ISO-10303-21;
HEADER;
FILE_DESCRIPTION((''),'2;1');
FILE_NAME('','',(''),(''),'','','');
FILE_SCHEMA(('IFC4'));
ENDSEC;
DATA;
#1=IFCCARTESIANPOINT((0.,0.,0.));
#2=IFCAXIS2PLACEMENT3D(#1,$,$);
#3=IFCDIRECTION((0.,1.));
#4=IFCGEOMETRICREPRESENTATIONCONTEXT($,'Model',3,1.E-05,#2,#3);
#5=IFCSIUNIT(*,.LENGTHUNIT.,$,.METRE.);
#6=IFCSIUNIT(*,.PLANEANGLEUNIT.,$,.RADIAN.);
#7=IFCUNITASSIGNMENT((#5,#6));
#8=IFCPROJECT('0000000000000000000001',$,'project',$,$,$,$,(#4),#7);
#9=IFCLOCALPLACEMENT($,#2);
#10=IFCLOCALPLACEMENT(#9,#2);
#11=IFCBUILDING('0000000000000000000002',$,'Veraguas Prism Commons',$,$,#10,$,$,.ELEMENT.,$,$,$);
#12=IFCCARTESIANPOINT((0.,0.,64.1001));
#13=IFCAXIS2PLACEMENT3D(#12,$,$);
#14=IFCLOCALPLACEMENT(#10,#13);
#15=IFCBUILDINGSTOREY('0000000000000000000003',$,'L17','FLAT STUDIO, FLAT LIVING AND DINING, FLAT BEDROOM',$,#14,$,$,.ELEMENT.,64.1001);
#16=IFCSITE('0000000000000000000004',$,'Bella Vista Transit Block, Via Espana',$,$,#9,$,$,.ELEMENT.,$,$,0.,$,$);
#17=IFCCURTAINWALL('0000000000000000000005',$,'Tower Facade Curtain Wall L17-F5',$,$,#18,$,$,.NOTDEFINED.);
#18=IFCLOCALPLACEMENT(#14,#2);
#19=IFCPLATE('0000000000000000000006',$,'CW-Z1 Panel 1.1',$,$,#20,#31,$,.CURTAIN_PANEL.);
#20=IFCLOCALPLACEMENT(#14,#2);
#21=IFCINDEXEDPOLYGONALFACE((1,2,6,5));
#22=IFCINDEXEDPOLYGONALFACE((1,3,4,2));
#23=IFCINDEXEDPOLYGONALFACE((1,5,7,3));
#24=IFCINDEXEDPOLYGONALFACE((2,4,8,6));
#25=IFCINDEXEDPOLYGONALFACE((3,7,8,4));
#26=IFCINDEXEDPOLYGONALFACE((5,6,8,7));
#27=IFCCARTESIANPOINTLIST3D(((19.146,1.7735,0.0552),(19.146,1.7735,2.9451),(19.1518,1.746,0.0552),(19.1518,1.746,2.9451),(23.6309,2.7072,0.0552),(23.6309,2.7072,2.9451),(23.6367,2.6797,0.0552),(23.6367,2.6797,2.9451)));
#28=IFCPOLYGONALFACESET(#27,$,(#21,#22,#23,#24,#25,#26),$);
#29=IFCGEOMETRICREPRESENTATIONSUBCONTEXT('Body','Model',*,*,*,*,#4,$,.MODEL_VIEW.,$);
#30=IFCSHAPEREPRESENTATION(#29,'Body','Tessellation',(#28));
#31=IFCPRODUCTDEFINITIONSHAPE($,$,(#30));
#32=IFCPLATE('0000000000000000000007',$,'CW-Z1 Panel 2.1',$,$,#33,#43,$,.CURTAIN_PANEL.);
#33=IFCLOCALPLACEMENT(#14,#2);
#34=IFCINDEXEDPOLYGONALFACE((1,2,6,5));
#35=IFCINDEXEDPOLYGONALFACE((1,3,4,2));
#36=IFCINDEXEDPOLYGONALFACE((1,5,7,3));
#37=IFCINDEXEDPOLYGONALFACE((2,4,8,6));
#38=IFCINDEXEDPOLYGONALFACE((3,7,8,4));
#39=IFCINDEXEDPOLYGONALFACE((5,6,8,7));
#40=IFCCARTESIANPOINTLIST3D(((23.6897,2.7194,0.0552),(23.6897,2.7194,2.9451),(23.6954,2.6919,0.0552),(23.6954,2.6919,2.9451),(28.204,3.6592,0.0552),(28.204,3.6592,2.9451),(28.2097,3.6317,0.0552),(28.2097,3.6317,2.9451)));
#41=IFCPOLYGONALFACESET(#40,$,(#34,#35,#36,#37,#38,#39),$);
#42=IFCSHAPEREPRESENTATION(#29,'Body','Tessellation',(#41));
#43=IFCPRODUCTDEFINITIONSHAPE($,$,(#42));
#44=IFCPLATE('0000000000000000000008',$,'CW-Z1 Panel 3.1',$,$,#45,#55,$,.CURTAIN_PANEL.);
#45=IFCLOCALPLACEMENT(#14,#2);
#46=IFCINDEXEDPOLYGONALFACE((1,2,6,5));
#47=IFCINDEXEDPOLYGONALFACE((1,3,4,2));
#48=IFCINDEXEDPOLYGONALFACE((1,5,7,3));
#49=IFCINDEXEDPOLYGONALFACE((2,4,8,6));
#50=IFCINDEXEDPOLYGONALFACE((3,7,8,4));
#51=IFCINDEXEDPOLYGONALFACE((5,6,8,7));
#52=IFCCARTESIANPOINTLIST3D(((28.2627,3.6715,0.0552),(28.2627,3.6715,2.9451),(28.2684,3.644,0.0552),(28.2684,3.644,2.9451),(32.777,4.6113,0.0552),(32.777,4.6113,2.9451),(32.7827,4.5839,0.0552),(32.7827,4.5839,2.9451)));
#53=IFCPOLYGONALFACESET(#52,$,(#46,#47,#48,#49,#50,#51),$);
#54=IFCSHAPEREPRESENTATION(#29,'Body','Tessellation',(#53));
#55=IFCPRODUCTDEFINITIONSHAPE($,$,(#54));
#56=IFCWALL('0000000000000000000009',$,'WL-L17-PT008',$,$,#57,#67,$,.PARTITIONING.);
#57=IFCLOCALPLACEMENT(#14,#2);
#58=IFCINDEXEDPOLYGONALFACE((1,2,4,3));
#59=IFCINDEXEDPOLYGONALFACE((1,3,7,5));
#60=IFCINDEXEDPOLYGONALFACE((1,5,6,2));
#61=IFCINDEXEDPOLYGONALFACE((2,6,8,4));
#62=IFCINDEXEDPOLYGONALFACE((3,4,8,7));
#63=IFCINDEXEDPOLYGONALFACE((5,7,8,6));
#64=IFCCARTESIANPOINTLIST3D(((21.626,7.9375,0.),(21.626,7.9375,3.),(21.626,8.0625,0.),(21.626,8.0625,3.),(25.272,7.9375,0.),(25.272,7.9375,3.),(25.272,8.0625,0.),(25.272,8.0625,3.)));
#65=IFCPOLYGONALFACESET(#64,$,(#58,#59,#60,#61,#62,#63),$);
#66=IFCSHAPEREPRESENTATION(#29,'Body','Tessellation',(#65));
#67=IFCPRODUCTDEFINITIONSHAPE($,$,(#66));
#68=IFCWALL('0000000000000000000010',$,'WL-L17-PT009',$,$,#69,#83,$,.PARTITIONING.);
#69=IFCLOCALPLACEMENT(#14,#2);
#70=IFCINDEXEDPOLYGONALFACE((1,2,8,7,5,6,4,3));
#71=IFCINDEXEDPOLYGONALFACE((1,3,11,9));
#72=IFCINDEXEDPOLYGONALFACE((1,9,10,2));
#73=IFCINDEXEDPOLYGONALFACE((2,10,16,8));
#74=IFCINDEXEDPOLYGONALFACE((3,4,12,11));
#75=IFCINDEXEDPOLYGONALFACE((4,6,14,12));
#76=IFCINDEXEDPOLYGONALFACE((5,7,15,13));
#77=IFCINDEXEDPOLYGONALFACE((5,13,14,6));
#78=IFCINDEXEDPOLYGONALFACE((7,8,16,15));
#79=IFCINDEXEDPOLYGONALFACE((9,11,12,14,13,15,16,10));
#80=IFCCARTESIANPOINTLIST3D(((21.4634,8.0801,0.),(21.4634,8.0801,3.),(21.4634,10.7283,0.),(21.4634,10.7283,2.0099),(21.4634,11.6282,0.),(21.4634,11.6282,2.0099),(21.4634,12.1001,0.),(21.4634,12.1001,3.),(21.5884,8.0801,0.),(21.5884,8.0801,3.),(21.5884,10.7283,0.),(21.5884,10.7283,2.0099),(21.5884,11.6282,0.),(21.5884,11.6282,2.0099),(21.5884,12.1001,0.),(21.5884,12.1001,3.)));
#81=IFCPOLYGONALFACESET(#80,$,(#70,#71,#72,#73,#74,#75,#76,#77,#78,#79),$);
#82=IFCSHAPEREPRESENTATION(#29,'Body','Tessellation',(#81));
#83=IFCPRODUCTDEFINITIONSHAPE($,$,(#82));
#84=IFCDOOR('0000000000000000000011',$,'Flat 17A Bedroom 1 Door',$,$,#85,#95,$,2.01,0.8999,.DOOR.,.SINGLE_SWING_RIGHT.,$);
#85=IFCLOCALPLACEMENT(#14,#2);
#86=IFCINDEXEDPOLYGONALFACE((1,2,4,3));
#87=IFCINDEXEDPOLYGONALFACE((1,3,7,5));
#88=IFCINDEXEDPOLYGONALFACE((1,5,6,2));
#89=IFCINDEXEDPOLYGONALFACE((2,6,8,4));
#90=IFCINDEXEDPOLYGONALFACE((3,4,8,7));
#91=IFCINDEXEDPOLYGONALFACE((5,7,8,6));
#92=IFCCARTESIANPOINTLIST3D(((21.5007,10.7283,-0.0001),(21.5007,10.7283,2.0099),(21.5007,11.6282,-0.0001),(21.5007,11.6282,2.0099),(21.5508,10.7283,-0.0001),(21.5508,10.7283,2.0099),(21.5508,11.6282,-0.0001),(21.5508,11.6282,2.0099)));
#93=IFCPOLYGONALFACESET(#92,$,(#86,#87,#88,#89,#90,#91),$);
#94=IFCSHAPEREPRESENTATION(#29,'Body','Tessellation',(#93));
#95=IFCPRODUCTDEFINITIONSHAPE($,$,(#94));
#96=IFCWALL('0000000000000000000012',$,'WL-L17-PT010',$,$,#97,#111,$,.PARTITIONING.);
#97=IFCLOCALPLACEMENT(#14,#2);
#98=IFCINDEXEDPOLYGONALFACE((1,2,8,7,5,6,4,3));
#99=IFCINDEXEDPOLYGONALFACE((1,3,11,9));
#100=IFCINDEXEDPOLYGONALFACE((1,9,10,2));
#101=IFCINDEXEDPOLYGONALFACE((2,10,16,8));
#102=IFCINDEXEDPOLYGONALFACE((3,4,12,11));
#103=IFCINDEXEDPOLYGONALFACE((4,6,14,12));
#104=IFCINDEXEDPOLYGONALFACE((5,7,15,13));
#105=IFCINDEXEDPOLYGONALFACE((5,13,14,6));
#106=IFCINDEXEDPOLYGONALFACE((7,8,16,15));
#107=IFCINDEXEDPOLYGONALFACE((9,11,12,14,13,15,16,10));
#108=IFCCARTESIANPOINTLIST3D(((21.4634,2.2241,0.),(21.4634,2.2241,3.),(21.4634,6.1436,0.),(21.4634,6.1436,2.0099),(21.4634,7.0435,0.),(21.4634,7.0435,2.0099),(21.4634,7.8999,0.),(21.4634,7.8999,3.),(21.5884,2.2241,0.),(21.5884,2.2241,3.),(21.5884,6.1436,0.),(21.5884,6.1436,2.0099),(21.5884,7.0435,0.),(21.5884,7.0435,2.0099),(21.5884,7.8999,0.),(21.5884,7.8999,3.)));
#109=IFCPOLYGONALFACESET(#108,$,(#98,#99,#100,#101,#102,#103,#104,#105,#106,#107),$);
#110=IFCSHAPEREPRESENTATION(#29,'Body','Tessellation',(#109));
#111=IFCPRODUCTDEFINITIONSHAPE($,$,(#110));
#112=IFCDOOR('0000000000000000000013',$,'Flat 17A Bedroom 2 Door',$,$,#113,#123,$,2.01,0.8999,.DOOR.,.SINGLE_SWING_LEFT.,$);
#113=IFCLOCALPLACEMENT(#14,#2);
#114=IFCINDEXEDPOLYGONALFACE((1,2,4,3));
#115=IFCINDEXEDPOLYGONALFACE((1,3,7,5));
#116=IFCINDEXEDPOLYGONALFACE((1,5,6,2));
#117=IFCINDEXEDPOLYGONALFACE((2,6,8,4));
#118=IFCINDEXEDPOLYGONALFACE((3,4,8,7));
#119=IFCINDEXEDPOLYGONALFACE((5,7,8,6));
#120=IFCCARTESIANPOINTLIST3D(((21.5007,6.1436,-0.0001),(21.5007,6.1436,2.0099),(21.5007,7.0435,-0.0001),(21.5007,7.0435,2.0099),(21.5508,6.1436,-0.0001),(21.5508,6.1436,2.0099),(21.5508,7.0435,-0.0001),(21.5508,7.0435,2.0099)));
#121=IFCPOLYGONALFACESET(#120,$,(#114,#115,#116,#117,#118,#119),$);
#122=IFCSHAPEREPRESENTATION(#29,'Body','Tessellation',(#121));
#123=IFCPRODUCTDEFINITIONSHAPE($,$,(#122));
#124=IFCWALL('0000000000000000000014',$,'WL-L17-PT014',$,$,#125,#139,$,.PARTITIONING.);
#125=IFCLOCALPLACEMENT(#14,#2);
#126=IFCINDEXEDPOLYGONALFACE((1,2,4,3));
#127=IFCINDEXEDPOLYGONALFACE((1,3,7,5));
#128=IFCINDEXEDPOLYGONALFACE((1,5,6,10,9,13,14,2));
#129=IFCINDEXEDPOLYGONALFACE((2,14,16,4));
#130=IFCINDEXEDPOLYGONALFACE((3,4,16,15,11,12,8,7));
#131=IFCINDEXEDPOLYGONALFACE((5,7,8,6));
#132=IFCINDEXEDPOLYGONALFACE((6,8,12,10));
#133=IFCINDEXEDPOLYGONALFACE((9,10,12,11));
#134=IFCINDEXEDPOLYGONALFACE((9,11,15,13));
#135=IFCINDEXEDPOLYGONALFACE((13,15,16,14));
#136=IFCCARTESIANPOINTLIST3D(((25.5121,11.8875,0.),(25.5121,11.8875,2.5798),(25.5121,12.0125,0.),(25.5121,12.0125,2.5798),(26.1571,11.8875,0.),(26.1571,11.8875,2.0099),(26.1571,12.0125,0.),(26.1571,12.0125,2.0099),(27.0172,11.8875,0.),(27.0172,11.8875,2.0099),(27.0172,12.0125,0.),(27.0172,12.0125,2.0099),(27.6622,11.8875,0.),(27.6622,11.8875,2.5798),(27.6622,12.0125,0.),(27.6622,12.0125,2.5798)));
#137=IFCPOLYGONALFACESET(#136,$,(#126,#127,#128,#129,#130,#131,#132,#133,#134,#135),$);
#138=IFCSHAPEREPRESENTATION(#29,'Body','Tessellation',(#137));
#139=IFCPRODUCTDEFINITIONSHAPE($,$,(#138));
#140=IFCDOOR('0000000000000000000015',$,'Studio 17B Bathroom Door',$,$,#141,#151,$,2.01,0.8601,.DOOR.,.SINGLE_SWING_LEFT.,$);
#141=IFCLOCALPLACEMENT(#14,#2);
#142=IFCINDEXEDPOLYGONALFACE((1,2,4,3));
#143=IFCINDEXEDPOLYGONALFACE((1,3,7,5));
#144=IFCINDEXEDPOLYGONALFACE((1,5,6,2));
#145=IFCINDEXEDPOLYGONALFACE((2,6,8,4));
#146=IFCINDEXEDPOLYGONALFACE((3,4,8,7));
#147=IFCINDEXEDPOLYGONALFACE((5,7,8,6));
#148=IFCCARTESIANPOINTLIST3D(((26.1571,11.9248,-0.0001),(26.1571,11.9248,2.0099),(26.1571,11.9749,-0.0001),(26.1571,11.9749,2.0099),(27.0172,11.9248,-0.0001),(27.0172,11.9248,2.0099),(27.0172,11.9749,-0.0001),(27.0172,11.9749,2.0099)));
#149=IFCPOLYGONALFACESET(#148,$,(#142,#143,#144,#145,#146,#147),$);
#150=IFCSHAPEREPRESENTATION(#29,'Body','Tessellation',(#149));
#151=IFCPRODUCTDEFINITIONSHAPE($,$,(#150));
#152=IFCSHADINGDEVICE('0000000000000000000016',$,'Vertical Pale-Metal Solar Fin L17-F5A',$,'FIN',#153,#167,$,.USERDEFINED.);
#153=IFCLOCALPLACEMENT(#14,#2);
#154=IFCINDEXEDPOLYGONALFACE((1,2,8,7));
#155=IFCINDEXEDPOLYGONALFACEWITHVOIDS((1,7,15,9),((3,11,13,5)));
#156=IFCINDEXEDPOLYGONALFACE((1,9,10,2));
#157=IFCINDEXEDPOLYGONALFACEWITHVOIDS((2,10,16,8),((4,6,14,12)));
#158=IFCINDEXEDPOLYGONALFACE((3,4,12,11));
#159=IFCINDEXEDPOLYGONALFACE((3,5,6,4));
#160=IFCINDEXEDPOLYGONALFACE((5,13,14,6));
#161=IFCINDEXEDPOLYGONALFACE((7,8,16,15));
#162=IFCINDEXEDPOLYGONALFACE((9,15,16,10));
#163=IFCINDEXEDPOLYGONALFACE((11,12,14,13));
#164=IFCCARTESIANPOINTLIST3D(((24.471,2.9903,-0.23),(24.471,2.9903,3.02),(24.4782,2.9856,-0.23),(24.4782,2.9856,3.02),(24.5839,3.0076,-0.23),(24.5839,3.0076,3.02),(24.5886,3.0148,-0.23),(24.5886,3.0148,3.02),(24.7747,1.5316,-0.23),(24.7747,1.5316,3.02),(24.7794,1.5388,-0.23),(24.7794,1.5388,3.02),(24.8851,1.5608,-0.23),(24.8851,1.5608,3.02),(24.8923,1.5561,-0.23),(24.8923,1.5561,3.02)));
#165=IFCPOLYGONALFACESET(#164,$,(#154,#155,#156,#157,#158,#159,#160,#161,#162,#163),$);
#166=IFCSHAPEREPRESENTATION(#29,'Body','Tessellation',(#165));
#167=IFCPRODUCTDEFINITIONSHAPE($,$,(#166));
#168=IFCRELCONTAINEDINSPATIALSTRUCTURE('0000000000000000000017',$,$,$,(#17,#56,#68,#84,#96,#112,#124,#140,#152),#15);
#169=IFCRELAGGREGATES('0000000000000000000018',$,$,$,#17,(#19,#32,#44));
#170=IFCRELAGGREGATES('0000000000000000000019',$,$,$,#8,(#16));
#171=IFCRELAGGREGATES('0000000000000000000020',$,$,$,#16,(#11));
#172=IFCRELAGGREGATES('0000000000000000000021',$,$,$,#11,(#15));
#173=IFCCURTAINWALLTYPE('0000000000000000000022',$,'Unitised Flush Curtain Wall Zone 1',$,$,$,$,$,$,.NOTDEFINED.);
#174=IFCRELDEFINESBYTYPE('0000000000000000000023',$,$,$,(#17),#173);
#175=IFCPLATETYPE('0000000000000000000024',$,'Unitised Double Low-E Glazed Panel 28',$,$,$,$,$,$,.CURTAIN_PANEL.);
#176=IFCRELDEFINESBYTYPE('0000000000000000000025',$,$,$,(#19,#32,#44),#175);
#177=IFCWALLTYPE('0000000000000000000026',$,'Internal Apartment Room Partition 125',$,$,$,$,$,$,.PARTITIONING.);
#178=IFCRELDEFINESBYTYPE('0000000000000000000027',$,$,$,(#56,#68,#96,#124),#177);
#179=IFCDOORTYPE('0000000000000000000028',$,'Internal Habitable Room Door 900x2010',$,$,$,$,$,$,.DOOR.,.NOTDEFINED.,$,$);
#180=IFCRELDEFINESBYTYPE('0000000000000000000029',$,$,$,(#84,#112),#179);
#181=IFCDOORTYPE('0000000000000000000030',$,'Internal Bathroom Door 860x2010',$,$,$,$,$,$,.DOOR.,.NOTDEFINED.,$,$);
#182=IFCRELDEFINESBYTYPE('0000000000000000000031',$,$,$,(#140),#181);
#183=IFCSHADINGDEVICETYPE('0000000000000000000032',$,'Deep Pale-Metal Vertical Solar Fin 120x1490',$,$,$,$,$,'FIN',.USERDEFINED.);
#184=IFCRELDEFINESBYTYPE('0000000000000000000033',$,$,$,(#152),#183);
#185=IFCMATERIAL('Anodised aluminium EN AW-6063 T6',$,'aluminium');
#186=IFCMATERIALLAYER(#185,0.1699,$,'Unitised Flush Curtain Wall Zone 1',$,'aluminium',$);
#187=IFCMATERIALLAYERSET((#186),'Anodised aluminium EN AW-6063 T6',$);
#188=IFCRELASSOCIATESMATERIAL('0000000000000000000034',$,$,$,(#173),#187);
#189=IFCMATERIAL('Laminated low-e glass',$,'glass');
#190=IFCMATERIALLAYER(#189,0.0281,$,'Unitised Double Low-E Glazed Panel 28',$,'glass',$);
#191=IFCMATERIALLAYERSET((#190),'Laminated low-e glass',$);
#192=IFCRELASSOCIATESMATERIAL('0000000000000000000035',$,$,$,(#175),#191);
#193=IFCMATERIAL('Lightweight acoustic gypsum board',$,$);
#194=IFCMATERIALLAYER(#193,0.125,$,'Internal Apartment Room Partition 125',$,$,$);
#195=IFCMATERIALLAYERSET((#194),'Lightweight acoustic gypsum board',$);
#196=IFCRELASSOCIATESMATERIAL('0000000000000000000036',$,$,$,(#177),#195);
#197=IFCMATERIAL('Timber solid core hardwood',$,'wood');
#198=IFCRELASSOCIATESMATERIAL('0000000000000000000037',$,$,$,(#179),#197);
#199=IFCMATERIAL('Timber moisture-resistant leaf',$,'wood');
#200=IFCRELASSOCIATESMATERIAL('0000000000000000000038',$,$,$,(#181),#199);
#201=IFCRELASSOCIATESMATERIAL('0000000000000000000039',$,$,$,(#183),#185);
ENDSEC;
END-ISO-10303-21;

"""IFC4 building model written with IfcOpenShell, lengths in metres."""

from ifc_helpers import new_model, si_unit, direction, frame, frame_2d, origin, origin_2d, place, context, subcontext, project, spatial, rectangle, hollow_rectangle, extrude, source, transform, mapped, material, layer, layer_set, material_profile, profile_set, type_object, element, fill, aggregate, save


model = new_model("IFC4")

# Units and contexts
model_context = context("Model", 3, precision=1e-05, world=origin(), true_north=direction((0.0, 1.0)))
body_context = subcontext(model_context, "Body", "Model", "MODEL_VIEW")
ifc_project = project(units=[si_unit("LENGTHUNIT", "METRE"), si_unit("PLANEANGLEUNIT", "RADIAN")], contexts=[model_context])

# Site, building, storey
site_placement = place(None, origin())
site = spatial("IfcSite", under=ifc_project, at=site_placement, Name="Bella Vista Transit Block, Via Espana", CompositionType="ELEMENT", RefElevation=0.0)
building_placement = place(site_placement, origin())
building = spatial("IfcBuilding", under=site, at=building_placement, Name="Veraguas Prism Commons", CompositionType="ELEMENT")
storey_placement = place(building_placement, frame((0.0, 0.0, 64.1001)))
storey = spatial("IfcBuildingStorey", under=building, at=storey_placement, Name="L17", Description="FLAT STUDIO, FLAT LIVING AND DINING, FLAT BEDROOM", CompositionType="ELEMENT", Elevation=64.1001)

# Curtain wall, plates
ifc_material_1 = material(Name="Anodised aluminium EN AW-6063 T6", Category="aluminium")
ifc_layer_1 = layer(ifc_material_1, 0.1699, Name="Unitised Flush Curtain Wall Zone 1", Category="aluminium")
ifc_layer_set_1 = layer_set([ifc_layer_1], Name="Anodised aluminium EN AW-6063 T6")
curtain_wall_type = type_object("IfcCurtainWallType", Name="Unitised Flush Curtain Wall Zone 1", PredefinedType="NOTDEFINED", material=ifc_layer_set_1)
curtain_wall_placement = place(storey_placement, origin())
curtain_wall = element("IfcCurtainWall", 1, at=curtain_wall_placement, inside=storey, type_object=curtain_wall_type, Name="Tower Facade Curtain Wall L17-F5", PredefinedType="NOTDEFINED")
ifc_material_2 = material(Name="Laminated low-e glass", Category="glass")
ifc_layer_2 = layer(ifc_material_2, 0.0281, Name="Unitised Double Low-E Glazed Panel 28", Category="glass")
ifc_layer_set_2 = layer_set([ifc_layer_2], Name="Laminated low-e glass")
plate_type = type_object("IfcPlateType", Name="Unitised Double Low-E Glazed Panel 28", PredefinedType="CURTAIN_PANEL", material=ifc_layer_set_2)
shared_shape_1 = source(origin(), body_context, "Body", "SweptSolid", [
    extrude(rectangle(XDim=4.5811, YDim=0.0281, at=origin_2d()), origin(), (0.0, 0.0, 1.0), 2.8899),
])
plate_1_placement = place(storey_placement, frame((21.3914, 2.2266, 0.0552), z_axis=(0.0, 0.0, 1.0), x_axis=(0.979009, 0.203818, 0.0)))
plate_1 = element("IfcPlate", 2, at=plate_1_placement, type_object=plate_type, Name="CW-Z1 Panel 1.1", PredefinedType="CURTAIN_PANEL", context=body_context, shape_type="MappedRepresentation", body=[
    mapped(shared_shape_1, transform((0.0, 0.0, 0.0), scale=1.0)),
])
shared_shape_2 = source(origin(), body_context, "Body", "SweptSolid", [
    extrude(rectangle(XDim=4.6111, YDim=0.0281, at=origin_2d()), origin(), (0.0, 0.0, 1.0), 2.8899),
])
plate_2_placement = place(storey_placement, frame((25.9497, 3.1755, 0.0552), z_axis=(0.0, 0.0, 1.0), x_axis=(0.979009, 0.203818, 0.0)))
plate_2 = element("IfcPlate", 3, at=plate_2_placement, type_object=plate_type, Name="CW-Z1 Panel 2.1", PredefinedType="CURTAIN_PANEL", context=body_context, shape_type="MappedRepresentation", body=[
    mapped(shared_shape_2, transform((0.0, 0.0, 0.0), scale=1.0)),
])
plate_3_placement = place(storey_placement, frame((30.5227, 4.1277, 0.0552), z_axis=(0.0, 0.0, 1.0), x_axis=(0.979009, 0.203818, 0.0)))
plate_3 = element("IfcPlate", 4, at=plate_3_placement, type_object=plate_type, Name="CW-Z1 Panel 3.1", PredefinedType="CURTAIN_PANEL", context=body_context, shape_type="MappedRepresentation", body=[
    mapped(shared_shape_2, transform((0.0, 0.0, 0.0), scale=1.0)),
])
aggregate(curtain_wall, [plate_1, plate_2, plate_3])

# Wall
ifc_material_3 = material(Name="Lightweight acoustic gypsum board")
ifc_layer_3 = layer(ifc_material_3, 0.125, Name="Internal Apartment Room Partition 125")
ifc_layer_set_3 = layer_set([ifc_layer_3], Name="Lightweight acoustic gypsum board")
wall_type = type_object("IfcWallType", Name="Internal Apartment Room Partition 125", PredefinedType="PARTITIONING", material=ifc_layer_set_3)
wall_1_placement = place(storey_placement, frame((21.626, 8.0, 0.0), z_axis=(0.0, 0.0, 1.0), x_axis=(1.0, 0.0, 0.0)))
element("IfcWall", 5, at=wall_1_placement, inside=storey, type_object=wall_type, Name="WL-L17-PT008", PredefinedType="PARTITIONING", context=body_context, shape_type="SweptSolid", body=[
    extrude(rectangle(XDim=3.646, YDim=0.125, at=frame_2d((1.823, 0.0))), origin(), (0.0, 0.0, 1.0), 3.0),
])

# Walls, openings, doors
wall_2_placement = place(storey_placement, frame((21.5259, 12.1001, 0.0), z_axis=(0.0, 0.0, 1.0), x_axis=(0.0, -1.0, 0.0)))
wall_2 = element("IfcWall", 6, at=wall_2_placement, inside=storey, type_object=wall_type, Name="WL-L17-PT009", PredefinedType="PARTITIONING", context=body_context, shape_type="SweptSolid", body=[
    extrude(rectangle(XDim=4.02, YDim=0.125, at=frame_2d((2.01, 0.0))), origin(), (0.0, 0.0, 1.0), 3.0),
])
opening_1_placement = place(wall_2_placement, frame((0.4719, 0.0, 0.0)))
opening_1 = element("IfcOpeningElement", 7, at=opening_1_placement, cuts=wall_2, PredefinedType="OPENING", context=body_context, shape_type="SweptSolid", body=[
    extrude(rectangle(XDim=0.8999, YDim=2.01, at=frame_2d((0.45, 1.0049))), frame((0.0, 0.0725, 0.0), z_axis=(0.0, -1.0, 0.0), x_axis=(1.0, 0.0, 0.0)), (0.0, 0.0, 1.0), 0.145),
])
ifc_material_4 = material(Name="Timber solid core hardwood", Category="wood")
door_type_1 = type_object("IfcDoorType", Name="Internal Habitable Room Door 900x2010", OperationType="NOTDEFINED", PredefinedType="DOOR", material=ifc_material_4)
shared_shape_3 = source(origin(), body_context, "Body", "SweptSolid", [
    extrude(rectangle(XDim=0.8999, YDim=2.01, at=frame_2d((0.45, 1.0049))), frame((0.0, 0.0249, 0.0), z_axis=(0.0, -1.0, 0.0), x_axis=(1.0, 0.0, 0.0)), (0.0, 0.0, 1.0), 0.05),
])
door_1_placement = place(opening_1_placement, origin())
door_1 = element("IfcDoor", 8, at=door_1_placement, inside=storey, type_object=door_type_1, Name="Flat 17A Bedroom 1 Door", OperationType="SINGLE_SWING_RIGHT", OverallHeight=2.01, OverallWidth=0.8999, PredefinedType="DOOR", context=body_context, shape_type="MappedRepresentation", body=[
    mapped(shared_shape_3, transform((0.0, 0.0, 0.0), scale=1.0)),
])
fill(opening_1, door_1)
wall_3_placement = place(storey_placement, frame((21.5259, 7.8999, 0.0), z_axis=(0.0, 0.0, 1.0), x_axis=(0.0, -1.0, 0.0)))
wall_3 = element("IfcWall", 9, at=wall_3_placement, inside=storey, type_object=wall_type, Name="WL-L17-PT010", PredefinedType="PARTITIONING", context=body_context, shape_type="SweptSolid", body=[
    extrude(rectangle(XDim=5.6758, YDim=0.125, at=frame_2d((2.8379, 0.0))), origin(), (0.0, 0.0, 1.0), 3.0),
])
opening_2_placement = place(wall_3_placement, frame((0.8564, 0.0, 0.0)))
opening_2 = element("IfcOpeningElement", 10, at=opening_2_placement, cuts=wall_3, PredefinedType="OPENING", context=body_context, shape_type="SweptSolid", body=[
    extrude(rectangle(XDim=0.8999, YDim=2.01, at=frame_2d((0.45, 1.0049))), frame((0.0, 0.0725, 0.0), z_axis=(0.0, -1.0, 0.0), x_axis=(1.0, 0.0, 0.0)), (0.0, 0.0, 1.0), 0.145),
])
door_2_placement = place(opening_2_placement, origin())
door_2 = element("IfcDoor", 11, at=door_2_placement, inside=storey, type_object=door_type_1, Name="Flat 17A Bedroom 2 Door", OperationType="SINGLE_SWING_LEFT", OverallHeight=2.01, OverallWidth=0.8999, PredefinedType="DOOR", context=body_context, shape_type="MappedRepresentation", body=[
    mapped(shared_shape_3, transform((0.0, 0.0, 0.0), scale=1.0)),
])
fill(opening_2, door_2)
wall_4_placement = place(storey_placement, frame((25.512, 11.95, 0.0), z_axis=(0.0, 0.0, 1.0), x_axis=(1.0, 0.0, 0.0)))
wall_4 = element("IfcWall", 12, at=wall_4_placement, inside=storey, type_object=wall_type, Name="WL-L17-PT014", PredefinedType="PARTITIONING", context=body_context, shape_type="SweptSolid", body=[
    extrude(rectangle(XDim=2.1501, YDim=0.125, at=frame_2d((1.0752, 0.0))), origin(), (0.0, 0.0, 1.0), 2.5798),
])
opening_3_placement = place(wall_4_placement, frame((0.645, 0.0, 0.0)))
opening_3 = element("IfcOpeningElement", 13, at=opening_3_placement, cuts=wall_4, PredefinedType="OPENING", context=body_context, shape_type="SweptSolid", body=[
    extrude(rectangle(XDim=0.8601, YDim=2.01, at=frame_2d((0.4302, 1.0049))), frame((0.0, 0.0725, 0.0), z_axis=(0.0, -1.0, 0.0), x_axis=(1.0, 0.0, 0.0)), (0.0, 0.0, 1.0), 0.145),
])
ifc_material_5 = material(Name="Timber moisture-resistant leaf", Category="wood")
door_type_2 = type_object("IfcDoorType", Name="Internal Bathroom Door 860x2010", OperationType="NOTDEFINED", PredefinedType="DOOR", material=ifc_material_5)
shared_shape_4 = source(origin(), body_context, "Body", "SweptSolid", [
    extrude(rectangle(XDim=0.8601, YDim=2.01, at=frame_2d((0.4302, 1.0049))), frame((0.0, 0.0249, 0.0), z_axis=(0.0, -1.0, 0.0), x_axis=(1.0, 0.0, 0.0)), (0.0, 0.0, 1.0), 0.05),
])
door_3_placement = place(opening_3_placement, origin())
door_3 = element("IfcDoor", 14, at=door_3_placement, inside=storey, type_object=door_type_2, Name="Studio 17B Bathroom Door", OperationType="SINGLE_SWING_LEFT", OverallHeight=2.01, OverallWidth=0.8601, PredefinedType="DOOR", context=body_context, shape_type="MappedRepresentation", body=[
    mapped(shared_shape_4, transform((0.0, 0.0, 0.0), scale=1.0)),
])
fill(opening_3, door_3)

# Shading device
ifc_material_profile_1 = material_profile(ifc_material_1, hollow_rectangle(XDim=0.1201, YDim=1.49, WallThickness=0.0061, at=origin_2d()), Name="FIN120X1490X6")
ifc_profile_set_1 = profile_set([ifc_material_profile_1], Name="Anodised aluminium EN AW-6063 T6")
shading_device_type = type_object("IfcShadingDeviceType", Name="Deep Pale-Metal Vertical Solar Fin 120x1490", ElementType="FIN", PredefinedType="USERDEFINED", material=ifc_profile_set_1)
shading_device_placement = place(storey_placement, frame((24.6816, 2.2732, -0.23), z_axis=(0.0, 0.0, 1.0), x_axis=(0.97901, 0.203814, 0.0)))
element("IfcShadingDevice", 15, at=shading_device_placement, inside=storey, type_object=shading_device_type, Name="Vertical Pale-Metal Solar Fin L17-F5A", ObjectType="FIN", PredefinedType="USERDEFINED", context=body_context, shape_type="SweptSolid", body=[
    extrude(hollow_rectangle(XDim=0.1201, YDim=1.49, WallThickness=0.0061, at=origin_2d()), origin(), (0.0, 0.0, 1.0), 3.25),
])

save(model, "model.ifc")
